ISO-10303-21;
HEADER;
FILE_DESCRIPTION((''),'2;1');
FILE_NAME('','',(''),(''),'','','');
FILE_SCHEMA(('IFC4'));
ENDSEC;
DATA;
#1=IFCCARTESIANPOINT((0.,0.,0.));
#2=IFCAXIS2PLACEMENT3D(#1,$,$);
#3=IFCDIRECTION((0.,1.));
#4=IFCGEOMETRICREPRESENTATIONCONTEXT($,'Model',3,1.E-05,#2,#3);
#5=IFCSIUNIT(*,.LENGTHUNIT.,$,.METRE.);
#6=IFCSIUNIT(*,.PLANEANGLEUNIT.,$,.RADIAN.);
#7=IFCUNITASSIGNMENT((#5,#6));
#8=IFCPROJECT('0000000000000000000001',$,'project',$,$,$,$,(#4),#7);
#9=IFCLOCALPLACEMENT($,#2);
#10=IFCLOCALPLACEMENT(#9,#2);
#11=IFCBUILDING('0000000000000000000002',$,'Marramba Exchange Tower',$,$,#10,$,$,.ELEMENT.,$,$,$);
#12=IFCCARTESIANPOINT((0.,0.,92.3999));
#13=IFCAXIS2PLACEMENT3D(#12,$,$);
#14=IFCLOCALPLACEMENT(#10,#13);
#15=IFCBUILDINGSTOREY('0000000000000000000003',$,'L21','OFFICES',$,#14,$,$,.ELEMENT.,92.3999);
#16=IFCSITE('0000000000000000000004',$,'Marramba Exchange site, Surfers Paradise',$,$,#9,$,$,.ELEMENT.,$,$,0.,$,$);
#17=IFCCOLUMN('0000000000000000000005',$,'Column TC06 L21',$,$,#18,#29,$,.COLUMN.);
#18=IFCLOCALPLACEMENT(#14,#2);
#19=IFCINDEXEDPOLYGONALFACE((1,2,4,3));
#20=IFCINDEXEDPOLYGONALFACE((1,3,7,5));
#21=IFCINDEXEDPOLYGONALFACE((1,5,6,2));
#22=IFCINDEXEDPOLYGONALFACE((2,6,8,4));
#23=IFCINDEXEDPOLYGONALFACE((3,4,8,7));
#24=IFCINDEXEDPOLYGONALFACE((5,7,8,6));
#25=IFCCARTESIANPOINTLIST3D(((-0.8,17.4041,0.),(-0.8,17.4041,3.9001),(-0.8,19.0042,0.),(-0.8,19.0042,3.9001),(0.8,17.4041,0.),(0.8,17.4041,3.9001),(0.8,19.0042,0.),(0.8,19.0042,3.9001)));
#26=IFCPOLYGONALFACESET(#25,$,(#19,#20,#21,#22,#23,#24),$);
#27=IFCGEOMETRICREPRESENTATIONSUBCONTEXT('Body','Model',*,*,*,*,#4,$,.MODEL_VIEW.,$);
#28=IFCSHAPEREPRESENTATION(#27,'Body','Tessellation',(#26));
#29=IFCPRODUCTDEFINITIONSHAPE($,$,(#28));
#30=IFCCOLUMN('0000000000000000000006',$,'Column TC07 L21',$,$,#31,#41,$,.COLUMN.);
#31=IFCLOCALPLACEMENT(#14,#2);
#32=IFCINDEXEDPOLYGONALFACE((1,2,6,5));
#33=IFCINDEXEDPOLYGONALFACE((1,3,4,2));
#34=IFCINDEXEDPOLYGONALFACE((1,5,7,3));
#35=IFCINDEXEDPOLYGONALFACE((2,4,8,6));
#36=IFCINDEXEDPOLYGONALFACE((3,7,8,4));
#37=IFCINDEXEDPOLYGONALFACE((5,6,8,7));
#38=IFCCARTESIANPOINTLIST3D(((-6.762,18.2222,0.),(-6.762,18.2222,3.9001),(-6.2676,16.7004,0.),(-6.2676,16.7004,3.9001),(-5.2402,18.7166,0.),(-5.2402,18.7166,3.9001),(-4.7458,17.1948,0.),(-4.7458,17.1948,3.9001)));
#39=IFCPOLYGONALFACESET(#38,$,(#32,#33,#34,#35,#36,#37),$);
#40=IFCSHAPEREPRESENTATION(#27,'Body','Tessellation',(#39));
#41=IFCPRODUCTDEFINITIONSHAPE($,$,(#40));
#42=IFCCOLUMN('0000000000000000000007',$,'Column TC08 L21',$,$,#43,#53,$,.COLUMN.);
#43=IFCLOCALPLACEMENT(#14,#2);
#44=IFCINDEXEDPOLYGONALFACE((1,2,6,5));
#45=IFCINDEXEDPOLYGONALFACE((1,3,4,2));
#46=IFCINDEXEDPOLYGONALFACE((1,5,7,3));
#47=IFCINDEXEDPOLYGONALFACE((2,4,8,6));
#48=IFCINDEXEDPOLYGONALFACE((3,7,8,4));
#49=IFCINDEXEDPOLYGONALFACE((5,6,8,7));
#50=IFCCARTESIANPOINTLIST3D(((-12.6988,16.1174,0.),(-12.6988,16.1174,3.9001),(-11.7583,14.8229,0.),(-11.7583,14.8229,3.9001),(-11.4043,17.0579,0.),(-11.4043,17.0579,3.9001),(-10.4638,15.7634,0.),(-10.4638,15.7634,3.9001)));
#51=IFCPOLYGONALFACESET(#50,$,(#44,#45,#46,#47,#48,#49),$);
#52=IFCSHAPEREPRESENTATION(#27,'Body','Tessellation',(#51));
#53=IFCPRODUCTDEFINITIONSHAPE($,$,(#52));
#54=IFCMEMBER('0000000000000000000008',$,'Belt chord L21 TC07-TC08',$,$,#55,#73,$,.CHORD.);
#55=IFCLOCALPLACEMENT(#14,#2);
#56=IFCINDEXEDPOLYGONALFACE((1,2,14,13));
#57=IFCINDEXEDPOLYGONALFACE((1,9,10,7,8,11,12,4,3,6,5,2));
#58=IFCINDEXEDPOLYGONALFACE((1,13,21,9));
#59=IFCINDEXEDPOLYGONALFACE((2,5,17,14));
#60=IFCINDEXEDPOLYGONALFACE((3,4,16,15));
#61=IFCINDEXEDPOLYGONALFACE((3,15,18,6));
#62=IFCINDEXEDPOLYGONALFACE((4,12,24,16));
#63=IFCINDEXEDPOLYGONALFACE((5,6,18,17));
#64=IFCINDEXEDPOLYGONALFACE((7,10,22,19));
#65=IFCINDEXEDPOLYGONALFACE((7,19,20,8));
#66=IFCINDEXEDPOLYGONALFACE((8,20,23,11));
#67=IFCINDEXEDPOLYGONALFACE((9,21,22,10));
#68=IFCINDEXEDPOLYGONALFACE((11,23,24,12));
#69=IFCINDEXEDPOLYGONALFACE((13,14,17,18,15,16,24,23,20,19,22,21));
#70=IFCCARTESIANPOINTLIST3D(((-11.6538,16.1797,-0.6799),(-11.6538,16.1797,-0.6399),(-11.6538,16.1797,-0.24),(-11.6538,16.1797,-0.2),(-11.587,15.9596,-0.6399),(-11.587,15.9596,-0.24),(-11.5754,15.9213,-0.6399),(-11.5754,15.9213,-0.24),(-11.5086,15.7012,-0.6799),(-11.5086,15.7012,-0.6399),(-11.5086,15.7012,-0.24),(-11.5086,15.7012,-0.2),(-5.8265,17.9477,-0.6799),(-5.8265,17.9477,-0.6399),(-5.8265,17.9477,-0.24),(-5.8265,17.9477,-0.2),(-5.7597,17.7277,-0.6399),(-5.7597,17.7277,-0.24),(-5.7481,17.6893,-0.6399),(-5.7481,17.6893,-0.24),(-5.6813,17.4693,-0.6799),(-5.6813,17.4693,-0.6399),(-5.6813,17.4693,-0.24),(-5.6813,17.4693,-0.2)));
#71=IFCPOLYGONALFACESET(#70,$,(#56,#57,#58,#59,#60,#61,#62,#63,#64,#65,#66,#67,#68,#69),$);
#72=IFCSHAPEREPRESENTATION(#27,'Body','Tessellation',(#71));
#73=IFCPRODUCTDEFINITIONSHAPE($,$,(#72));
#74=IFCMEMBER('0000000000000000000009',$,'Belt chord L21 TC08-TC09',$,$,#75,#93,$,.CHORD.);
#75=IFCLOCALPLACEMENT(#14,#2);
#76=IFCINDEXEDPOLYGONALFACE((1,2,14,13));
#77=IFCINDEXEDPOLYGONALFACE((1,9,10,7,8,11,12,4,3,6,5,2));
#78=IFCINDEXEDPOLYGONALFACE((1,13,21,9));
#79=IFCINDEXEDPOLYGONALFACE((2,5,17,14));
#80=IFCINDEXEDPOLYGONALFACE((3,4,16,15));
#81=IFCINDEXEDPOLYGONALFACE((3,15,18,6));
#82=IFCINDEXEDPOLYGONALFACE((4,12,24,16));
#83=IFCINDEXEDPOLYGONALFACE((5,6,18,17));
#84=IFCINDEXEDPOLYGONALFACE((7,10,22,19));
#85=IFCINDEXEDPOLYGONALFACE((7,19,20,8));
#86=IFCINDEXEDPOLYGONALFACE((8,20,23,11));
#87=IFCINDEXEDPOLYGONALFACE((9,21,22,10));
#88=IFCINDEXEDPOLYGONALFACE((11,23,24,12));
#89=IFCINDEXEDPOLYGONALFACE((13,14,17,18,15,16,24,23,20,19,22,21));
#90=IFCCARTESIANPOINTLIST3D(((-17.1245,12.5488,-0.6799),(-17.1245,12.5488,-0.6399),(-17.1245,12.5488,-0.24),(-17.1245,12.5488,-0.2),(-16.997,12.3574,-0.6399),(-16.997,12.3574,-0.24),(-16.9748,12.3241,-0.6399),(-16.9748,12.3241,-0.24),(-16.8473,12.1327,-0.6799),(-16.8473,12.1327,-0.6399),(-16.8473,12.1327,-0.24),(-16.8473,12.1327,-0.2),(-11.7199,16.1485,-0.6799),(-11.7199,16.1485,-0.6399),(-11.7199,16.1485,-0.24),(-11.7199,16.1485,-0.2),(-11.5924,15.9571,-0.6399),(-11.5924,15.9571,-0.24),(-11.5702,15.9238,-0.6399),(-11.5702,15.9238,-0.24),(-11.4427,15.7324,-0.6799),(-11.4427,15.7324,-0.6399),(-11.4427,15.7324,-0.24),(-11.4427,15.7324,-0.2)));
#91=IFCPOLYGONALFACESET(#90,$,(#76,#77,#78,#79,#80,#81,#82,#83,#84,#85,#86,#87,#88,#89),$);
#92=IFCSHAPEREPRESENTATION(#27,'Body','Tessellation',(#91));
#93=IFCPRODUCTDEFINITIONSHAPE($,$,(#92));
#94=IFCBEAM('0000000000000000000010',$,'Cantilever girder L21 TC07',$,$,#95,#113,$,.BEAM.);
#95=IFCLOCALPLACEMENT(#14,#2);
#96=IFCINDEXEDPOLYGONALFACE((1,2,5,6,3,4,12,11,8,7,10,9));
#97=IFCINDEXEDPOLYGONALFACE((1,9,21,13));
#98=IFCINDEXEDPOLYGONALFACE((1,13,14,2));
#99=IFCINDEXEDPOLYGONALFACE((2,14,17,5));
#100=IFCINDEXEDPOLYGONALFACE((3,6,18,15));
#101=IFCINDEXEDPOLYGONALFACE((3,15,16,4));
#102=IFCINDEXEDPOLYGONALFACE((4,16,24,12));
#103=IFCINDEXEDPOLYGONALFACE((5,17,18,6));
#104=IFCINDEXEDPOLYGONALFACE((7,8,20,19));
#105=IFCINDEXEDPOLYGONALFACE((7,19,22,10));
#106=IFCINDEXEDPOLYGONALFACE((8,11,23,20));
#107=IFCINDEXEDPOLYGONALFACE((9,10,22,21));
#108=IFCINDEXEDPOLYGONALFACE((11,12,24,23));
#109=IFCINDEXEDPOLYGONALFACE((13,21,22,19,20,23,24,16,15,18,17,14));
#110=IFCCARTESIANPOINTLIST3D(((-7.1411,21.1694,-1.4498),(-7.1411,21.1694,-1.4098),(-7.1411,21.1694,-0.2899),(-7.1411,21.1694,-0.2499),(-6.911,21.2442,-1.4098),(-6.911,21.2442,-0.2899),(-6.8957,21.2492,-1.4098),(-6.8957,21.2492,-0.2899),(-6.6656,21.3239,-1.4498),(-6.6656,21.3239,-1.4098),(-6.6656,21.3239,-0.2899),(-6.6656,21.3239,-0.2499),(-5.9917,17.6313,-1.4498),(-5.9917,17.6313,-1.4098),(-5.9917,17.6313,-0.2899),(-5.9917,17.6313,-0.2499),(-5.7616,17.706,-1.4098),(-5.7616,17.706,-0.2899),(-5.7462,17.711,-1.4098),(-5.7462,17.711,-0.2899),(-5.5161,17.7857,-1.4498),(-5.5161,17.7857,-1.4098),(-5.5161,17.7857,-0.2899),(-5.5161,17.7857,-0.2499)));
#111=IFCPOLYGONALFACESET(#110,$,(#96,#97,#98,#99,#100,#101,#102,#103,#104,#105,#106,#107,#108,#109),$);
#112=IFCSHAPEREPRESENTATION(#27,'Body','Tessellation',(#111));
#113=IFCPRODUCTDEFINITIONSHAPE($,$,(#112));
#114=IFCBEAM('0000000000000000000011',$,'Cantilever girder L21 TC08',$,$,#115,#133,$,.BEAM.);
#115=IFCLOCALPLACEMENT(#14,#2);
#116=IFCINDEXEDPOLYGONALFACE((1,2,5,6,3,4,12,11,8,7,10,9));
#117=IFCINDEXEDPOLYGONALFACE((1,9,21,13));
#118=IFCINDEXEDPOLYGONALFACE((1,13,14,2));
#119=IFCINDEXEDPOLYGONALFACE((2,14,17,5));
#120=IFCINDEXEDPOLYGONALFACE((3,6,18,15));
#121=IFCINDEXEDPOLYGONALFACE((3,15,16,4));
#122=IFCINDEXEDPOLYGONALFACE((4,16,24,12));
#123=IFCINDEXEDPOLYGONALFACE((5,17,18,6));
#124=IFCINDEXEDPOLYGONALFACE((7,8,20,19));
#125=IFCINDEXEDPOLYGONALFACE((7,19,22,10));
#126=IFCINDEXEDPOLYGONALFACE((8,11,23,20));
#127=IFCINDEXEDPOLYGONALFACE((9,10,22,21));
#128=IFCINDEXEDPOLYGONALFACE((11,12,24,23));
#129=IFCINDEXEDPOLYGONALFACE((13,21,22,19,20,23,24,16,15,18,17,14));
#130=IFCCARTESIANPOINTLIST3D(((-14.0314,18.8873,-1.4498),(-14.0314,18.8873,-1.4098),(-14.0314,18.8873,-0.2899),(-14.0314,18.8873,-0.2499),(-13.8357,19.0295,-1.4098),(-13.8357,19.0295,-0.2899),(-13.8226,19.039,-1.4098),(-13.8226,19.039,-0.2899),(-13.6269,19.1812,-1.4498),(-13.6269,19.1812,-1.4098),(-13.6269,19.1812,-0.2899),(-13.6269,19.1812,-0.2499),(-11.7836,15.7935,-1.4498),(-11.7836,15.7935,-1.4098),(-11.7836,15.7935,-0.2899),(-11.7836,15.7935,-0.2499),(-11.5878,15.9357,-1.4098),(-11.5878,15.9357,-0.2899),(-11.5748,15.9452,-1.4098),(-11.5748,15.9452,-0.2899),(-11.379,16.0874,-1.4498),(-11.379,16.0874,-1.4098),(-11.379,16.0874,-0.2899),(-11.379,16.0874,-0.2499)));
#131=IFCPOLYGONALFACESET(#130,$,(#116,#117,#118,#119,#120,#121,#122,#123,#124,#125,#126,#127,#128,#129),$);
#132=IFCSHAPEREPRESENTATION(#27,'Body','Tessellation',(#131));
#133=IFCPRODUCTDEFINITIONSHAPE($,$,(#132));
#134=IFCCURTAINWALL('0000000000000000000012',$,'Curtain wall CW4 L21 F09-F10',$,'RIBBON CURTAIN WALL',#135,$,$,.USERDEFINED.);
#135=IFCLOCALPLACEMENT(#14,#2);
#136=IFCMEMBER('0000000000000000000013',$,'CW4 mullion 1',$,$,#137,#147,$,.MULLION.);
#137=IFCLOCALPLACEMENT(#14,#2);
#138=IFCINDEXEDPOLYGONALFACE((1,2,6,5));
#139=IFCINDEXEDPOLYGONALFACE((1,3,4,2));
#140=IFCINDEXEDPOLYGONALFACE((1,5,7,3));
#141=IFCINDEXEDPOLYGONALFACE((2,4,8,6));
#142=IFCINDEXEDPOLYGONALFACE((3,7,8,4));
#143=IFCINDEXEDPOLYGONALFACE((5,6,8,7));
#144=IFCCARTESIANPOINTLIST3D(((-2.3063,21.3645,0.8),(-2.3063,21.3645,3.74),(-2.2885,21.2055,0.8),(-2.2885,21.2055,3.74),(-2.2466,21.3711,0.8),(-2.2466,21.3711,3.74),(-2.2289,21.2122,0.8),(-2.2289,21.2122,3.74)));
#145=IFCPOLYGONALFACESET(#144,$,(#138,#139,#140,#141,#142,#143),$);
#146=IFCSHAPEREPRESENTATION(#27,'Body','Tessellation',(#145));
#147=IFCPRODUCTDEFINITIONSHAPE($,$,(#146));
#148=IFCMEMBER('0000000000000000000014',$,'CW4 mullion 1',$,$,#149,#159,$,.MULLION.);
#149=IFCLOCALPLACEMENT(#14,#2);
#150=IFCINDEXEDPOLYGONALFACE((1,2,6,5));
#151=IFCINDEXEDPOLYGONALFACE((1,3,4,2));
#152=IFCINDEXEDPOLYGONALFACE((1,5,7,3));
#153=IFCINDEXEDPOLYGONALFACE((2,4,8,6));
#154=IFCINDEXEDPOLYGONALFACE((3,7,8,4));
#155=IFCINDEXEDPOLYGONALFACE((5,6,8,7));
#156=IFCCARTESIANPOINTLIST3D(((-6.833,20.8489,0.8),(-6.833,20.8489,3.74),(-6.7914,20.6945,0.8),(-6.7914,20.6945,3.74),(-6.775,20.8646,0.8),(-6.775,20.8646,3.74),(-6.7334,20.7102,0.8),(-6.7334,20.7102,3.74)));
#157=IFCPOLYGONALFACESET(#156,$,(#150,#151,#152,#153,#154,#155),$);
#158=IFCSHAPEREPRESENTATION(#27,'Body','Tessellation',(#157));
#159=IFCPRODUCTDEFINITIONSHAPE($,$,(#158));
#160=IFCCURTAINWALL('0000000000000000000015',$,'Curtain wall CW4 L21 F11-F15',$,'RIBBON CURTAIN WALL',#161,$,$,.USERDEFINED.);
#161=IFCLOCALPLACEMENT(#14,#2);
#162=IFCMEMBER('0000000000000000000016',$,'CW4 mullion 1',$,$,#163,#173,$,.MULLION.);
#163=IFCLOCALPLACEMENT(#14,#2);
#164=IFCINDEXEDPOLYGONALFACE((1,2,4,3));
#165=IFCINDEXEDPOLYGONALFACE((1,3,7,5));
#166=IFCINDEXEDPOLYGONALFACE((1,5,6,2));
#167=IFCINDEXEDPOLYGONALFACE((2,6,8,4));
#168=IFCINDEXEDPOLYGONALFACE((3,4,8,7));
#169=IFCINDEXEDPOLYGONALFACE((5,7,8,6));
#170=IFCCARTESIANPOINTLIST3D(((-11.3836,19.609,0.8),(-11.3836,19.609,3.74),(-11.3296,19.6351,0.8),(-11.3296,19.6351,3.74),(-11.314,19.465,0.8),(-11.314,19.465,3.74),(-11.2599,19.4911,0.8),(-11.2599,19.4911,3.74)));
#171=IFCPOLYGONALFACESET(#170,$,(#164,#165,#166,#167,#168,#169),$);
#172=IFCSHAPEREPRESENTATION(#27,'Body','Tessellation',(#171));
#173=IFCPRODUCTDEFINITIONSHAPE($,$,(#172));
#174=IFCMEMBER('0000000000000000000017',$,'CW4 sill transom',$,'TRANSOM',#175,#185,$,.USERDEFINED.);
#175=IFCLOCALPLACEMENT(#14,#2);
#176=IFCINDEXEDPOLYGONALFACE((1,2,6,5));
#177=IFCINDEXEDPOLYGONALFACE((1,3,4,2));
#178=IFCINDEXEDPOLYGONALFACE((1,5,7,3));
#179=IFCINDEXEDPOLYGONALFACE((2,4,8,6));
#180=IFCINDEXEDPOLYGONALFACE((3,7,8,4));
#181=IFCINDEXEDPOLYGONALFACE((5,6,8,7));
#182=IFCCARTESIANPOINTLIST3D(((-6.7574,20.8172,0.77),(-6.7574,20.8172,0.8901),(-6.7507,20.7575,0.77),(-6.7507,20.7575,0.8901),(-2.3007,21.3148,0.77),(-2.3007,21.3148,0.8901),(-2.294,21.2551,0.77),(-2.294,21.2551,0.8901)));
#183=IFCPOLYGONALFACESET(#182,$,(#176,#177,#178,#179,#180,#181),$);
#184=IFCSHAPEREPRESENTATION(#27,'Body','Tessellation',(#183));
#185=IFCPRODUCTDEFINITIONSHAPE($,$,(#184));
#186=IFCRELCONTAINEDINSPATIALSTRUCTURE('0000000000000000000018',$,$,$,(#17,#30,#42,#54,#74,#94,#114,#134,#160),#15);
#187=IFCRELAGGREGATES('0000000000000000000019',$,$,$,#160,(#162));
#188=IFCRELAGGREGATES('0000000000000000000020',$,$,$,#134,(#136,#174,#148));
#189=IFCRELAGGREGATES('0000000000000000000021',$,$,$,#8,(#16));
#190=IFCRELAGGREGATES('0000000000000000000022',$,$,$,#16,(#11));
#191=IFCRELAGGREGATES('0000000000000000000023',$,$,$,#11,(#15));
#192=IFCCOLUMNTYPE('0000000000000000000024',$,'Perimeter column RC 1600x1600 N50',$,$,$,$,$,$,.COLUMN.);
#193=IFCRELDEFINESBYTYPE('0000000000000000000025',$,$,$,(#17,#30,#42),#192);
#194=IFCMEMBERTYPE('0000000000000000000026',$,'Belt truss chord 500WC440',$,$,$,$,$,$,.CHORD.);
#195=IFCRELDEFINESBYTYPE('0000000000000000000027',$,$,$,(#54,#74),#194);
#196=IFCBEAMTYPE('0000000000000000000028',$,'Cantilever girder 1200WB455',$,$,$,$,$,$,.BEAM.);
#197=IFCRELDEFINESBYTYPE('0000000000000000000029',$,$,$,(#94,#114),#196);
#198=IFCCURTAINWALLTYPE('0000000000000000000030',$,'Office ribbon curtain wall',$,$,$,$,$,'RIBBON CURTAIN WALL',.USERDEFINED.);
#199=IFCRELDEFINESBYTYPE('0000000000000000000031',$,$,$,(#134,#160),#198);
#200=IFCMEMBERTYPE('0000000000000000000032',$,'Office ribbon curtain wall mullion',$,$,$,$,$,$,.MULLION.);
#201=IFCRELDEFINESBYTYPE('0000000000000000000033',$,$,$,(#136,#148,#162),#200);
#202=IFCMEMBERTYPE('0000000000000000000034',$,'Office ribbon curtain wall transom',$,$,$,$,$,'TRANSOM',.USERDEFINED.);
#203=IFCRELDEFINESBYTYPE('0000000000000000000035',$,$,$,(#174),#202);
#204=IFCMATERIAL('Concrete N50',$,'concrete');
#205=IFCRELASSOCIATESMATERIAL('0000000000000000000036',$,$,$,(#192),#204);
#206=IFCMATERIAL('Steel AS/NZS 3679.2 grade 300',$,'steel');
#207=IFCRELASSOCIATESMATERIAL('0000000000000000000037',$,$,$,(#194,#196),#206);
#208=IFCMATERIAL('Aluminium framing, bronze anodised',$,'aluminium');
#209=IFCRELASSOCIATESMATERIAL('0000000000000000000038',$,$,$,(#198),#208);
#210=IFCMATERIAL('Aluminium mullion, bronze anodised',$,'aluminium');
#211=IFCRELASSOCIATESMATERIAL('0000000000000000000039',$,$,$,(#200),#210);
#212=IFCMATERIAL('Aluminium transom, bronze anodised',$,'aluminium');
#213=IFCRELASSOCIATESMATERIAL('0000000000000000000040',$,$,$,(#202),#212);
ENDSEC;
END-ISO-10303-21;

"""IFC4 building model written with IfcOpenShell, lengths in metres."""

from ifc_helpers import new_model, si_unit, direction, frame, origin, origin_2d, place, context, subcontext, project, spatial, rectangle, i_section, extrude, material, material_profile, profile_set, type_object, element, aggregate, save


model = new_model("IFC4")

# Units and contexts
model_context = context("Model", 3, precision=1e-05, world=origin(), true_north=direction((0.0, 1.0)))
body_context = subcontext(model_context, "Body", "Model", "MODEL_VIEW")
ifc_project = project(units=[si_unit("LENGTHUNIT", "METRE"), si_unit("PLANEANGLEUNIT", "RADIAN")], contexts=[model_context])

# Site, building, storey
site_placement = place(None, origin())
site = spatial("IfcSite", under=ifc_project, at=site_placement, Name="Marramba Exchange site, Surfers Paradise", CompositionType="ELEMENT", RefElevation=0.0)
building_placement = place(site_placement, origin())
building = spatial("IfcBuilding", under=site, at=building_placement, Name="Marramba Exchange Tower", CompositionType="ELEMENT")
storey_placement = place(building_placement, frame((0.0, 0.0, 92.3999)))
storey = spatial("IfcBuildingStorey", under=building, at=storey_placement, Name="L21", Description="OFFICES", CompositionType="ELEMENT", Elevation=92.3999)

# Columns
ifc_material_1 = material(Name="Concrete N50", Category="concrete")
ifc_material_profile_1 = material_profile(ifc_material_1, rectangle(XDim=1.6001, YDim=1.6001, at=origin_2d()), Name="RC 1600x1600")
ifc_profile_set_1 = profile_set([ifc_material_profile_1], Name="Concrete N50")
column_type = type_object("IfcColumnType", Name="Perimeter column RC 1600x1600 N50", PredefinedType="COLUMN", material=ifc_profile_set_1)
for number, where, z_axis, x_axis, name in (
    (1, (0.0, 18.2041, 0.0), (0.0, 0.0, 1.0), (0.0, 1.0, 0.0), "Column TC06 L21"),
    (2, (-5.7539, 17.7085, 0.0), (0.0, 0.0, 1.0), (-0.309017, 0.951057, 0.0), "Column TC07 L21"),
    (3, (-11.5813, 15.9404, 0.0), (0.0, 0.0, 1.0), (-0.587785, 0.809017, 0.0), "Column TC08 L21"),
):
    element("IfcColumn", number, at=place(storey_placement, frame(where, z_axis=z_axis, x_axis=x_axis)), inside=storey, type_object=column_type, Name=name, PredefinedType="COLUMN", context=body_context, shape_type="SweptSolid", body=[
        extrude(rectangle(XDim=1.6001, YDim=1.6001, at=origin_2d()), origin(), (0.0, 0.0, 1.0), 3.9001),
    ])

# Members
ifc_material_2 = material(Name="Steel AS/NZS 3679.2 grade 300", Category="steel")
ifc_material_profile_2 = material_profile(ifc_material_2, i_section(OverallWidth=0.5, OverallDepth=0.48, WebThickness=0.04, FlangeThickness=0.04, at=origin_2d()), Name="500WC440")
ifc_profile_set_2 = profile_set([ifc_material_profile_2], Name="Steel AS/NZS 3679.2 grade 300")
member_type_1 = type_object("IfcMemberType", Name="Belt truss chord 500WC440", PredefinedType="CHORD", material=ifc_profile_set_2)
member_1_placement = place(storey_placement, frame((-5.7539, 17.7085, -0.4399), z_axis=(-0.956925, -0.290337, 0.0), x_axis=(0.290337, -0.956925, 0.0)))
element("IfcMember", 4, at=member_1_placement, inside=storey, type_object=member_type_1, Name="Belt chord L21 TC07-TC08", PredefinedType="CHORD", context=body_context, shape_type="SweptSolid", body=[
    extrude(i_section(OverallWidth=0.5, OverallDepth=0.48, WebThickness=0.04, FlangeThickness=0.04, at=origin_2d()), origin(), (0.0, 0.0, 1.0), 6.0896),
])
member_2_placement = place(storey_placement, frame((-11.5813, 15.9404, -0.4399), z_axis=(-0.832293, -0.554336, 0.0), x_axis=(0.554336, -0.832293, 0.0)))
element("IfcMember", 5, at=member_2_placement, inside=storey, type_object=member_type_1, Name="Belt chord L21 TC08-TC09", PredefinedType="CHORD", context=body_context, shape_type="SweptSolid", body=[
    extrude(i_section(OverallWidth=0.5, OverallDepth=0.48, WebThickness=0.04, FlangeThickness=0.04, at=origin_2d()), origin(), (0.0, 0.0, 1.0), 6.4937),
])

# Beams
ifc_material_profile_3 = material_profile(ifc_material_2, i_section(OverallWidth=0.5, OverallDepth=1.2, WebThickness=0.0161, FlangeThickness=0.04, at=origin_2d()), Name="1200WB455")
ifc_profile_set_3 = profile_set([ifc_material_profile_3], Name="Steel AS/NZS 3679.2 grade 300")
beam_type_1 = type_object("IfcBeamType", Name="Cantilever girder 1200WB455", PredefinedType="BEAM", material=ifc_profile_set_3)
beam_1_placement = place(storey_placement, frame((-5.7539, 17.7085, -0.8499), z_axis=(-0.308973, 0.951071, 0.0), x_axis=(-0.951071, -0.308973, 0.0)))
element("IfcBeam", 6, at=beam_1_placement, inside=storey, type_object=beam_type_1, Name="Cantilever girder L21 TC07", PredefinedType="BEAM", context=body_context, shape_type="SweptSolid", body=[
    extrude(i_section(OverallWidth=0.5, OverallDepth=1.2, WebThickness=0.0161, FlangeThickness=0.04, at=origin_2d()), origin(), (0.0, 0.0, 1.0), 3.7202),
])
beam_2_placement = place(storey_placement, frame((-11.5813, 15.9404, -0.8499), z_axis=(-0.587796, 0.809009, 0.0), x_axis=(-0.809009, -0.587796, 0.0)))
element("IfcBeam", 7, at=beam_2_placement, inside=storey, type_object=beam_type_1, Name="Cantilever girder L21 TC08", PredefinedType="BEAM", context=body_context, shape_type="SweptSolid", body=[
    extrude(i_section(OverallWidth=0.5, OverallDepth=1.2, WebThickness=0.0161, FlangeThickness=0.04, at=origin_2d()), origin(), (0.0, 0.0, 1.0), 3.8242),
])

# Curtain wall, members
ifc_material_3 = material(Name="Aluminium framing, bronze anodised", Category="aluminium")
curtain_wall_type = type_object("IfcCurtainWallType", Name="Office ribbon curtain wall", ElementType="RIBBON CURTAIN WALL", PredefinedType="USERDEFINED", material=ifc_material_3)
curtain_wall_1_placement = place(storey_placement, origin())
curtain_wall_1 = element("IfcCurtainWall", 8, at=curtain_wall_1_placement, inside=storey, type_object=curtain_wall_type, Name="Curtain wall CW4 L21 F09-F10", ObjectType="RIBBON CURTAIN WALL", PredefinedType="USERDEFINED")
ifc_material_4 = material(Name="Aluminium mullion, bronze anodised", Category="aluminium")
ifc_material_profile_4 = material_profile(ifc_material_4, rectangle(XDim=0.1599, YDim=0.0601, at=origin_2d()), Name="CW4 mullion 60x160")
ifc_profile_set_4 = profile_set([ifc_material_profile_4], Name="Aluminium mullion, bronze anodised")
member_type_2 = type_object("IfcMemberType", Name="Office ribbon curtain wall mullion", PredefinedType="MULLION", material=ifc_profile_set_4)
member_3_placement = place(storey_placement, frame((-2.2676, 21.2883, 0.8), z_axis=(0.0, 0.0, 1.0), x_axis=(0.110973, -0.993823, 0.0)))
member_3 = element("IfcMember", 9, at=member_3_placement, type_object=member_type_2, Name="CW4 mullion 1", PredefinedType="MULLION", context=body_context, shape_type="SweptSolid", body=[
    extrude(rectangle(XDim=0.1599, YDim=0.0601, at=origin_2d()), origin(), (0.0, 0.0, 1.0), 2.9399),
])
member_4_placement = place(storey_placement, frame((-6.7832, 20.7795, 0.8), z_axis=(0.0, 0.0, 1.0), x_axis=(0.260321, -0.965522, 0.0)))
member_4 = element("IfcMember", 10, at=member_4_placement, type_object=member_type_2, Name="CW4 mullion 1", PredefinedType="MULLION", context=body_context, shape_type="SweptSolid", body=[
    extrude(rectangle(XDim=0.1599, YDim=0.0601, at=origin_2d()), origin(), (0.0, 0.0, 1.0), 2.9399),
])

# Curtain wall, member
curtain_wall_2_placement = place(storey_placement, origin())
curtain_wall_2 = element("IfcCurtainWall", 11, at=curtain_wall_2_placement, inside=storey, type_object=curtain_wall_type, Name="Curtain wall CW4 L21 F11-F15", ObjectType="RIBBON CURTAIN WALL", PredefinedType="USERDEFINED")
member_5_placement = place(storey_placement, frame((-11.3218, 19.55, 0.8), z_axis=(0.0, 0.0, 1.0), x_axis=(0.435428, -0.900224, 0.0)))
member_5 = element("IfcMember", 12, at=member_5_placement, type_object=member_type_2, Name="CW4 mullion 1", PredefinedType="MULLION", context=body_context, shape_type="SweptSolid", body=[
    extrude(rectangle(XDim=0.1599, YDim=0.0601, at=origin_2d()), origin(), (0.0, 0.0, 1.0), 2.9399),
])

# Member
ifc_material_5 = material(Name="Aluminium transom, bronze anodised", Category="aluminium")
ifc_material_profile_5 = material_profile(ifc_material_5, rectangle(XDim=0.0601, YDim=0.1201, at=origin_2d()), Name="CW4 transom 60x120")
ifc_profile_set_5 = profile_set([ifc_material_profile_5], Name="Aluminium transom, bronze anodised")
member_type_3 = type_object("IfcMemberType", Name="Office ribbon curtain wall transom", ElementType="TRANSOM", PredefinedType="USERDEFINED", material=ifc_profile_set_5)
member_6_placement = place(storey_placement, frame((-2.2974, 21.2849, 0.8301), z_axis=(-0.993826, -0.110951, 0.0), x_axis=(0.110951, -0.993826, 0.0)))
member_6 = element("IfcMember", 13, at=member_6_placement, type_object=member_type_3, Name="CW4 sill transom", ObjectType="TRANSOM", PredefinedType="USERDEFINED", context=body_context, shape_type="SweptSolid", body=[
    extrude(rectangle(XDim=0.0601, YDim=0.1201, at=origin_2d()), origin(), (0.0, 0.0, 1.0), 4.4844),
])
aggregate(curtain_wall_2, [member_5])

aggregate(curtain_wall_1, [member_3, member_6, member_4])

save(model, "model.ifc")
